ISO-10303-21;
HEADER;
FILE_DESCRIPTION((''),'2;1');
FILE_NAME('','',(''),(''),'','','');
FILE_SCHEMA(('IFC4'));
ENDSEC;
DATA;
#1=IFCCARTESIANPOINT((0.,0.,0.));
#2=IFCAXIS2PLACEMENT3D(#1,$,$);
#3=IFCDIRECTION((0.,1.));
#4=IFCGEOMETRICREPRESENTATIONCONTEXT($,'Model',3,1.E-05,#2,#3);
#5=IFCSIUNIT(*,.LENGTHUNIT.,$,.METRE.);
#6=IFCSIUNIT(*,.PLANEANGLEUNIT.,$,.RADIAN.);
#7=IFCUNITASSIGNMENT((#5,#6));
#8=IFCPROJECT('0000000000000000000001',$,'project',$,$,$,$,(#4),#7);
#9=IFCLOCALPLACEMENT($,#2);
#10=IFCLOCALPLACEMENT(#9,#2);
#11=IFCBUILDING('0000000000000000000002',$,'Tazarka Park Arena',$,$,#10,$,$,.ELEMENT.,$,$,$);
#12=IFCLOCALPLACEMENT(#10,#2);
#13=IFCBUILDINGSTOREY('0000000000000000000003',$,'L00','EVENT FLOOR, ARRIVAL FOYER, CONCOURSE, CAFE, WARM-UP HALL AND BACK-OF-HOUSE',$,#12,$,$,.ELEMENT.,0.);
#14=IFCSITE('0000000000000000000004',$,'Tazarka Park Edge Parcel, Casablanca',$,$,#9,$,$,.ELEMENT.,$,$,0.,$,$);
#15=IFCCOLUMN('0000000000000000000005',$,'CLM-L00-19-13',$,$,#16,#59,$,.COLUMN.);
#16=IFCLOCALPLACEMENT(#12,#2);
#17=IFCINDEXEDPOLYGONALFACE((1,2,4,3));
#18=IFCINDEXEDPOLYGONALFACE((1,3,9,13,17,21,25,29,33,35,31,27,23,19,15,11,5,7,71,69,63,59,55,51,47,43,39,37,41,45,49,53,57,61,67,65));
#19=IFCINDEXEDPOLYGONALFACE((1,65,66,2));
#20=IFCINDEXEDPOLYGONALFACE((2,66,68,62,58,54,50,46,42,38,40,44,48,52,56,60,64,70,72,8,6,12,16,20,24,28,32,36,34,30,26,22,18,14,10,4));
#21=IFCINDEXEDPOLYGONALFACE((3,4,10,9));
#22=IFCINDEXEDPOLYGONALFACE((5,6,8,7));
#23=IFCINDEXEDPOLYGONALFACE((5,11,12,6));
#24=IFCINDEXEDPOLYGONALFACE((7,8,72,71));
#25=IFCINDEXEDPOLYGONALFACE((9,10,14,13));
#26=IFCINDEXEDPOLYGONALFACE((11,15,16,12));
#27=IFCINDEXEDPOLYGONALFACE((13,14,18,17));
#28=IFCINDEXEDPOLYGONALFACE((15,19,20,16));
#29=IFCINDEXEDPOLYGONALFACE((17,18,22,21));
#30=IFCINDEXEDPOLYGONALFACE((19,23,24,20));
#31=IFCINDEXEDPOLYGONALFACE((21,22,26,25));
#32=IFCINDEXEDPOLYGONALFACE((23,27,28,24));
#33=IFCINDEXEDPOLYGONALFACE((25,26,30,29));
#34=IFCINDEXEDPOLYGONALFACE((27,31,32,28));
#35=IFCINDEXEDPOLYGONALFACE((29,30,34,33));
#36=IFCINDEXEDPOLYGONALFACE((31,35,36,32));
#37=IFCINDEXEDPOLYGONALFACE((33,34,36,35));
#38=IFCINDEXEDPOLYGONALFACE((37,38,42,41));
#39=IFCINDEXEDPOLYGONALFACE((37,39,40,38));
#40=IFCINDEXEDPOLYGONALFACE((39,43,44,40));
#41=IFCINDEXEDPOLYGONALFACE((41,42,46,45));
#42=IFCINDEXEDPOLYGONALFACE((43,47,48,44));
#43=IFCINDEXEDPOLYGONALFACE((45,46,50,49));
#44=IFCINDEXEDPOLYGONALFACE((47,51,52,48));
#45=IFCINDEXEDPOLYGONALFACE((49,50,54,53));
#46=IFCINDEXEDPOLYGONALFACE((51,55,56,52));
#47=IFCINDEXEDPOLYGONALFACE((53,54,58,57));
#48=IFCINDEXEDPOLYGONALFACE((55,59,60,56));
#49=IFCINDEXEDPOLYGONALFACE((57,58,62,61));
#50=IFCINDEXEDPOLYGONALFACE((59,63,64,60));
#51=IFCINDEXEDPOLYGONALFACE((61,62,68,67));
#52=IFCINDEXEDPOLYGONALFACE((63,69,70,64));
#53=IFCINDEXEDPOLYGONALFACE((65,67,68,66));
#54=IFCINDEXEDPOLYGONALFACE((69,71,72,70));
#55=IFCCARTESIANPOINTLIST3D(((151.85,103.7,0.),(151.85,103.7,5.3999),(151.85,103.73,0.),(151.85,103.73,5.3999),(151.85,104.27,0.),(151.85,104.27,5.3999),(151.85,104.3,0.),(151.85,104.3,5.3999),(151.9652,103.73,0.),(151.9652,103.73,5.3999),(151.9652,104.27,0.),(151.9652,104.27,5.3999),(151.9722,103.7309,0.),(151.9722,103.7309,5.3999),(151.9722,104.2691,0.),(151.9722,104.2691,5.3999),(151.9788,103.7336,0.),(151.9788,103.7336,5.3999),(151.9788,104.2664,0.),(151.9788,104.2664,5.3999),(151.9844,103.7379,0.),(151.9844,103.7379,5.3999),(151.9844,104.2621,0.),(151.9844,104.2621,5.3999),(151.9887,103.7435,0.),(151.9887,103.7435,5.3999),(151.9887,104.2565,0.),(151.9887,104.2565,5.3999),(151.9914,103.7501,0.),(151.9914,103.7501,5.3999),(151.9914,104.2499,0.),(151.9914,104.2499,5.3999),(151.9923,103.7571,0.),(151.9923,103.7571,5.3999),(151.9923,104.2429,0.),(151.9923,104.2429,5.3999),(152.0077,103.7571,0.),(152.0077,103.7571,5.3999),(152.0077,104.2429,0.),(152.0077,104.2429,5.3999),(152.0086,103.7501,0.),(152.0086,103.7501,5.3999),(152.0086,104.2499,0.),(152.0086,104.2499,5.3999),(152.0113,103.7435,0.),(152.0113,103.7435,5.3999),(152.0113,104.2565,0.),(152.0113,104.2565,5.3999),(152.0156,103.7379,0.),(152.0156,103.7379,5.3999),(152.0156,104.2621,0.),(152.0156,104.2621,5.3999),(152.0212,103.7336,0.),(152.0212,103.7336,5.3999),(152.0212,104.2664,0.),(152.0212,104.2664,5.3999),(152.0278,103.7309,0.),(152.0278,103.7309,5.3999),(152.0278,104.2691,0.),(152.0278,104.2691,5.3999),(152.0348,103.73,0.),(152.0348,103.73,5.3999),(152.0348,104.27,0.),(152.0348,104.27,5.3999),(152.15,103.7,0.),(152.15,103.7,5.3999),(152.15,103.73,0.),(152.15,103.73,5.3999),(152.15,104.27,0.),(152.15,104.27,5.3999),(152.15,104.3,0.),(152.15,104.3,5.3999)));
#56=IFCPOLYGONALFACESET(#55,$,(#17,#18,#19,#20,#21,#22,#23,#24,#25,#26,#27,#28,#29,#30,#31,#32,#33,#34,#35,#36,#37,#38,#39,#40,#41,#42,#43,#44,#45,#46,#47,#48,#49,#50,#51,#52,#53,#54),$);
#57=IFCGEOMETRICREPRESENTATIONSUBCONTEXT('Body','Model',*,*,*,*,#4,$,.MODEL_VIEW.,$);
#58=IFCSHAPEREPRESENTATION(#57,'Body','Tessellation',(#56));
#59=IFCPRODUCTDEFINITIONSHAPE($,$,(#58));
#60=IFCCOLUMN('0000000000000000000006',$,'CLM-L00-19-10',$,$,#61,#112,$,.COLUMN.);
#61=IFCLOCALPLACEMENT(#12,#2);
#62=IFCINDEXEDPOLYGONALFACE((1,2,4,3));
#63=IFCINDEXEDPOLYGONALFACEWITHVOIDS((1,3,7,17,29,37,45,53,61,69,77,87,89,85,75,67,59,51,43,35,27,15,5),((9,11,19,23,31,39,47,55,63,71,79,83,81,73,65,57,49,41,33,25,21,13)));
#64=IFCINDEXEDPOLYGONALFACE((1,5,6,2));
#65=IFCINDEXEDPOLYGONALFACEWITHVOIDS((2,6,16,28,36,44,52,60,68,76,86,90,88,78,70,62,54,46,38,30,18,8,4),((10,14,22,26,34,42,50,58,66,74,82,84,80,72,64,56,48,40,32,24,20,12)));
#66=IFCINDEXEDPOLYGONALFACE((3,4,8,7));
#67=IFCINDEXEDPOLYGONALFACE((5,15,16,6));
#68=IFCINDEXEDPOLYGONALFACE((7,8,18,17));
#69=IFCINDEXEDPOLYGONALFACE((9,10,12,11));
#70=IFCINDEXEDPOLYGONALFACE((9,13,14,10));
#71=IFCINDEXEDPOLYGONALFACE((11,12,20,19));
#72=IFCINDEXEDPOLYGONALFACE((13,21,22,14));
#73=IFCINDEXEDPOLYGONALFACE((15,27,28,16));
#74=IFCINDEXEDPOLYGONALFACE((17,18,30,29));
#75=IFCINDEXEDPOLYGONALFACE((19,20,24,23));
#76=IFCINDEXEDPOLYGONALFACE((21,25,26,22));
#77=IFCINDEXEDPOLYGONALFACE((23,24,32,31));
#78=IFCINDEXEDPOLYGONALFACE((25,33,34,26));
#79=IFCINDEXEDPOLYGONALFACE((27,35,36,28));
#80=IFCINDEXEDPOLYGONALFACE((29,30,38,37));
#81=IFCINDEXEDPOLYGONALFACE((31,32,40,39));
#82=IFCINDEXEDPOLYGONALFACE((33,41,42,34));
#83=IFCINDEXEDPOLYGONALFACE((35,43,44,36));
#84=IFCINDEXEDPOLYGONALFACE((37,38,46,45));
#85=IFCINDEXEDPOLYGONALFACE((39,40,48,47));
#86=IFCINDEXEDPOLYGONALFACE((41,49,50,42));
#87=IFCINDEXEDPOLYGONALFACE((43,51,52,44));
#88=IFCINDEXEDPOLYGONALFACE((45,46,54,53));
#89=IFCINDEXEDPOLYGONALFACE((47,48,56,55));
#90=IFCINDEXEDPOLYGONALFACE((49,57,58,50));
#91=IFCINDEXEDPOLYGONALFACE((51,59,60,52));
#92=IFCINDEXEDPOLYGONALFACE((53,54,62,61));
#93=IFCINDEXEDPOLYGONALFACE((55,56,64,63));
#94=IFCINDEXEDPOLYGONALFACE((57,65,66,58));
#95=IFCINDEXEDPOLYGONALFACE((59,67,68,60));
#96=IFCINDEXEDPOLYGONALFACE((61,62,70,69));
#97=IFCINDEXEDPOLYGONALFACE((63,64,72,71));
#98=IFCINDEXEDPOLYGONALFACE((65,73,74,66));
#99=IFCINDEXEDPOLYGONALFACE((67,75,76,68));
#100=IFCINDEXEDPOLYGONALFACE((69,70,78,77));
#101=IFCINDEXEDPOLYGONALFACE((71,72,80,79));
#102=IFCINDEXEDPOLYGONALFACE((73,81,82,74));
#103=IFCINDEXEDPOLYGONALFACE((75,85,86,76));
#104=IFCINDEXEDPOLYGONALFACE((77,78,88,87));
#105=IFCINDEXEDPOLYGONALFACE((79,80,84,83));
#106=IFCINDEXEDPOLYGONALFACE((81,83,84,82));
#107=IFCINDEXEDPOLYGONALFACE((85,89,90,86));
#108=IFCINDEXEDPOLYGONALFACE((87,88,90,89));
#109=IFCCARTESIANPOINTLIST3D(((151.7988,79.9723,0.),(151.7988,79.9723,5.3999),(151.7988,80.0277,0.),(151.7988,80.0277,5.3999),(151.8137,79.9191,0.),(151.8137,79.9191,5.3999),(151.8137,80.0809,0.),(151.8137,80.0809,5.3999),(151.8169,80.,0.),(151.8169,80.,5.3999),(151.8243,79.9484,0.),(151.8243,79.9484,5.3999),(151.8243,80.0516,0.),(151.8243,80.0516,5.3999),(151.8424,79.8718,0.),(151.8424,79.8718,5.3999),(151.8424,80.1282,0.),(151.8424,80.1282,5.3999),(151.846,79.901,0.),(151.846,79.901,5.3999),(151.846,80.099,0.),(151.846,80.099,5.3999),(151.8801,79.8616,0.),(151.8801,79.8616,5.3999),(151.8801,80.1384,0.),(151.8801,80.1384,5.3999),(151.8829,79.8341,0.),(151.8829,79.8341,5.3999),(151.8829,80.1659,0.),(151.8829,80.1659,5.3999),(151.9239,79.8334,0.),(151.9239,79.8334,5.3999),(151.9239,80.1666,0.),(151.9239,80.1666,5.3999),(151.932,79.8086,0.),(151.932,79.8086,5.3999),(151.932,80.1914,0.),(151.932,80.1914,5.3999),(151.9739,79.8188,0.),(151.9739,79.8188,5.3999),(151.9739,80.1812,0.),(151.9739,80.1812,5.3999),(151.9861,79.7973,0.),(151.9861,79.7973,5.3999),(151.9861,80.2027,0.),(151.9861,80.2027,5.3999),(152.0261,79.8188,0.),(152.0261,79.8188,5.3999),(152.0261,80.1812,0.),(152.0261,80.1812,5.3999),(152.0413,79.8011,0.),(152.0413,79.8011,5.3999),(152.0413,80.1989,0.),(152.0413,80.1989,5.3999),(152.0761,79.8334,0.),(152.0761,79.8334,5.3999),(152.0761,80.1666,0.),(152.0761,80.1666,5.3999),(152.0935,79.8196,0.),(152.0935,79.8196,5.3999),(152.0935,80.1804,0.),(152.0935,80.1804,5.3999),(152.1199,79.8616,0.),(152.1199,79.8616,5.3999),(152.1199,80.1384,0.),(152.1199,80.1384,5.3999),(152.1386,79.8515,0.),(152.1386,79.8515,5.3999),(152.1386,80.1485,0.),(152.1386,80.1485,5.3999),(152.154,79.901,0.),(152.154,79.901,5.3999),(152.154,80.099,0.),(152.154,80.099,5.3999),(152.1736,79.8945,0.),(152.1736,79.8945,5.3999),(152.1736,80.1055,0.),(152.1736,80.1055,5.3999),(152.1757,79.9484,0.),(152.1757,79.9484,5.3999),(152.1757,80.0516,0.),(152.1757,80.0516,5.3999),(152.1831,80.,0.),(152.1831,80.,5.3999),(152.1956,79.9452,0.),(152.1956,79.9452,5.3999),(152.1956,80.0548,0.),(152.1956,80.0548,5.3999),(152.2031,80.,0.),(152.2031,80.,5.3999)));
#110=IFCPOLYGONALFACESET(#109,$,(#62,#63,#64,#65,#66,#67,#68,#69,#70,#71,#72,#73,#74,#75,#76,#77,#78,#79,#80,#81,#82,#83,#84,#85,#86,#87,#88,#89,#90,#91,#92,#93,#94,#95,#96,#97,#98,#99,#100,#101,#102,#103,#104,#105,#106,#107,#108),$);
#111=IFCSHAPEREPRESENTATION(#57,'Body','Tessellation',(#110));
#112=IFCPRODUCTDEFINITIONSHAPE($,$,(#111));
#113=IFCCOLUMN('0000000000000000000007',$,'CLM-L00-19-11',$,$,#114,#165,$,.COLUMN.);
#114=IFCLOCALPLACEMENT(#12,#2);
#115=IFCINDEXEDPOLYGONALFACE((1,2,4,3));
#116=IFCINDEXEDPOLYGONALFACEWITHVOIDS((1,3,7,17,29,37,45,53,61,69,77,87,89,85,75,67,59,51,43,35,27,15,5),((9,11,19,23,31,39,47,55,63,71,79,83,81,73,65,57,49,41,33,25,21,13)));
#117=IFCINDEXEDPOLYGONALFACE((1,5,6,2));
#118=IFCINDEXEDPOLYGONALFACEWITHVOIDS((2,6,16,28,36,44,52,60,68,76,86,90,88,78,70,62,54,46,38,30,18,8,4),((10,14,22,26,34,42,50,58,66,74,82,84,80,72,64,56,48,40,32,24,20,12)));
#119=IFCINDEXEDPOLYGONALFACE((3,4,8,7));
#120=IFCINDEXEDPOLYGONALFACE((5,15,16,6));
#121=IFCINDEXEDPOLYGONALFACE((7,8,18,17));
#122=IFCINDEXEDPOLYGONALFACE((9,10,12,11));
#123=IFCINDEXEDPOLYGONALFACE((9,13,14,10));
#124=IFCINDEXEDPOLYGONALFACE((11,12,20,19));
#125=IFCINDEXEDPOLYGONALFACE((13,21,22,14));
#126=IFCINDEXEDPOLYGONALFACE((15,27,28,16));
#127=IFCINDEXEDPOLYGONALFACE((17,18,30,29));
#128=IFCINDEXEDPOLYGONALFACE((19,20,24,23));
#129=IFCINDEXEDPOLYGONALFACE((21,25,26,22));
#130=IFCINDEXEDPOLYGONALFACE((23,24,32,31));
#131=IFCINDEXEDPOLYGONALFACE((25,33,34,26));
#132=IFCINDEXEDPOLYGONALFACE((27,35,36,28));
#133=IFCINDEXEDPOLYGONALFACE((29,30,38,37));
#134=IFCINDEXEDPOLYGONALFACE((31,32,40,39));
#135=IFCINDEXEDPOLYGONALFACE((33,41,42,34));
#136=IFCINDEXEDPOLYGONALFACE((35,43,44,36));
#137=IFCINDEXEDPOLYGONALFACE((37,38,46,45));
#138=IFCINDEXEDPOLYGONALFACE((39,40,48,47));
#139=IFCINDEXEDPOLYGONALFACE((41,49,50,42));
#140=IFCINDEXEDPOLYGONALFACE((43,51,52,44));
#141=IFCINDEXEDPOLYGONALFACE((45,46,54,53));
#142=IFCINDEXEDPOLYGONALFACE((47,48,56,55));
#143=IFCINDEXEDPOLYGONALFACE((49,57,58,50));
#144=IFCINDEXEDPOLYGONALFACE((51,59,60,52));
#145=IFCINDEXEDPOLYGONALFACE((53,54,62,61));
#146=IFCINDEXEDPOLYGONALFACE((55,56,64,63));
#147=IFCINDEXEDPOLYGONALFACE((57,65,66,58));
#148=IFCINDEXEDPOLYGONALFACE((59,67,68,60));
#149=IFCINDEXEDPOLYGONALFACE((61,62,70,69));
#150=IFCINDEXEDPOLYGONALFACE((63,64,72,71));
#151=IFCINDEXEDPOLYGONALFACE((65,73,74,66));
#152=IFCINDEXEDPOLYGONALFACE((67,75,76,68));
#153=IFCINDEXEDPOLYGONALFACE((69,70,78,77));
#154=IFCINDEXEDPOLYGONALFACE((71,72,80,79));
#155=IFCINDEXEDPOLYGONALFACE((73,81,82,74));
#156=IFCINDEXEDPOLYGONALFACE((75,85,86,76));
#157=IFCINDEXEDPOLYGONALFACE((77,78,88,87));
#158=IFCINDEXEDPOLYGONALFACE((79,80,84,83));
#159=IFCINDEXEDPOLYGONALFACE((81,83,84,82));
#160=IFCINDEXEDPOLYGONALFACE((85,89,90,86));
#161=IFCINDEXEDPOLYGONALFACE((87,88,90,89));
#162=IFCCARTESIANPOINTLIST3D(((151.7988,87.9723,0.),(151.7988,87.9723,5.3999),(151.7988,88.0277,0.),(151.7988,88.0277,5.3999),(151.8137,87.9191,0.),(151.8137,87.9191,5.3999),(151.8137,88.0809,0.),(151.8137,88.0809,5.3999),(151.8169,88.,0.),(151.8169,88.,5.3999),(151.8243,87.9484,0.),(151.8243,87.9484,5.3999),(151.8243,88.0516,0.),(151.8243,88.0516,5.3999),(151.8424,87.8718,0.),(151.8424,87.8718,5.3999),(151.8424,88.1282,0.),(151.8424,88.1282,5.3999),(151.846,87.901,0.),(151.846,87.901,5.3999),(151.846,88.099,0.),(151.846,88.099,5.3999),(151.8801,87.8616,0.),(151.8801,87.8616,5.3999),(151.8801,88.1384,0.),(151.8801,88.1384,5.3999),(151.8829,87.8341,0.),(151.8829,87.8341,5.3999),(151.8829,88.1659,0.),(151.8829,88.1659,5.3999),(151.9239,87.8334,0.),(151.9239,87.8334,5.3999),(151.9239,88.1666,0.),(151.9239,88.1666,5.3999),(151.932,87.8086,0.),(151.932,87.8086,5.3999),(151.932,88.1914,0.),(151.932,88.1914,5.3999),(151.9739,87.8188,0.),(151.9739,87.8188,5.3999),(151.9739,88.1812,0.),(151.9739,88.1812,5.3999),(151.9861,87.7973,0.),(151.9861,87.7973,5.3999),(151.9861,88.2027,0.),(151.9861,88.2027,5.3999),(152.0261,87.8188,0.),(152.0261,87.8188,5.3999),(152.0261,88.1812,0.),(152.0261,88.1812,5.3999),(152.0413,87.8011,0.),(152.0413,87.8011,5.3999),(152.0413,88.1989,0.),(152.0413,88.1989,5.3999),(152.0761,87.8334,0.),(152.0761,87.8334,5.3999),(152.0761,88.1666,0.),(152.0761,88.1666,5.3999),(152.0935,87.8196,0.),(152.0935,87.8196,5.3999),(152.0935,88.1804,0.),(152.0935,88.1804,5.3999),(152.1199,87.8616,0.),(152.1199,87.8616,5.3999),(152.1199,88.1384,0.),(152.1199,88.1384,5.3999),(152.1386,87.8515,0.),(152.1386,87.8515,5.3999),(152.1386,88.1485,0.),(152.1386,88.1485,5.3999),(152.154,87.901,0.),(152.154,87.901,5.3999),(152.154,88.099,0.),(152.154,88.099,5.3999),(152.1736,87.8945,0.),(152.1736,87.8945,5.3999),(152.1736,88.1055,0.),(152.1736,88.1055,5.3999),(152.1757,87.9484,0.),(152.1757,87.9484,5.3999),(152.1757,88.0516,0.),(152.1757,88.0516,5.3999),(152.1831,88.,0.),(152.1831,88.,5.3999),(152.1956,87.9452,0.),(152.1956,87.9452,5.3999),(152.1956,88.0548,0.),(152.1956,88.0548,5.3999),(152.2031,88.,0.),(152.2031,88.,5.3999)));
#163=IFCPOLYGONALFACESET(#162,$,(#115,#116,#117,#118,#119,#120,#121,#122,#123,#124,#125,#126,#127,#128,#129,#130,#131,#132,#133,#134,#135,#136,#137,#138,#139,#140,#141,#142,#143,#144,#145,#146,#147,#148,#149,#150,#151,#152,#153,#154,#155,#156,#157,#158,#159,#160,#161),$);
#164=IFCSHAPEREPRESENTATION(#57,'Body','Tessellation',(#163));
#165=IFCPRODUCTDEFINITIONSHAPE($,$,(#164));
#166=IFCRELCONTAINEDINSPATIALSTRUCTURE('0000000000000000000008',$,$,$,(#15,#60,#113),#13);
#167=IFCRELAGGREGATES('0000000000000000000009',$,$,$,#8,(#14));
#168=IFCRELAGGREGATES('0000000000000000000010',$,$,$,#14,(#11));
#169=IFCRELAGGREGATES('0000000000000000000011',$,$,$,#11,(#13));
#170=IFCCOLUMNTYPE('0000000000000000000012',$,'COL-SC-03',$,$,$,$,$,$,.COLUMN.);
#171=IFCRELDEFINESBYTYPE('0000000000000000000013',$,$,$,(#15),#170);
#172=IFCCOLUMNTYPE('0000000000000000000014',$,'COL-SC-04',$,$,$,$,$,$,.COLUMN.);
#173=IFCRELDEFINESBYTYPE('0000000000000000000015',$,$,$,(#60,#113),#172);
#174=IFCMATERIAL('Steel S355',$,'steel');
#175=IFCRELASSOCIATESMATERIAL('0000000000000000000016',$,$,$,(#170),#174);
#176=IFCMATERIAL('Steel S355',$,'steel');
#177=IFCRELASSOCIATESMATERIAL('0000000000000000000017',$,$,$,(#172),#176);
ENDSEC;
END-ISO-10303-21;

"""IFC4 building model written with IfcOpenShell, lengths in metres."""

from ifc_helpers import new_model, si_unit, direction, frame, origin, origin_2d, place, context, subcontext, project, spatial, hollow_circle, i_section, extrude, material, material_profile, profile_set, type_object, element, save


model = new_model("IFC4")

# Units and contexts
model_context = context("Model", 3, precision=1e-05, world=origin(), true_north=direction((0.0, 1.0)))
body_context = subcontext(model_context, "Body", "Model", "MODEL_VIEW")
ifc_project = project(units=[si_unit("LENGTHUNIT", "METRE"), si_unit("PLANEANGLEUNIT", "RADIAN")], contexts=[model_context])

# Site, building, storey
site_placement = place(None, origin())
site = spatial("IfcSite", under=ifc_project, at=site_placement, Name="Tazarka Park Edge Parcel, Casablanca", CompositionType="ELEMENT", RefElevation=0.0)
building_placement = place(site_placement, origin())
building = spatial("IfcBuilding", under=site, at=building_placement, Name="Tazarka Park Arena", CompositionType="ELEMENT")
storey_placement = place(building_placement, origin())
storey = spatial("IfcBuildingStorey", under=building, at=storey_placement, Name="L00", Description="EVENT FLOOR, ARRIVAL FOYER, CONCOURSE, CAFE, WARM-UP HALL AND BACK-OF-HOUSE", CompositionType="ELEMENT", Elevation=0.0)

# Columns
ifc_material_1 = material(Name="Steel S355", Category="steel")
ifc_material_profile_1 = material_profile(ifc_material_1, i_section(OverallWidth=0.3, OverallDepth=0.6001, WebThickness=0.0154, FlangeThickness=0.03, FilletRadius=0.0271, at=origin_2d()), Name="Steel S355")
ifc_profile_set_1 = profile_set([ifc_material_profile_1], Name="Steel S355")
column_type_1 = type_object("IfcColumnType", Name="COL-SC-03", PredefinedType="COLUMN", material=ifc_profile_set_1)
for number, where, z_axis, x_axis, name in (
    (1, (152.0, 104.0, 0.0), (0.0, 0.0, 1.0), (1.0, 0.0, 0.0), "CLM-L00-19-13"),
):
    element("IfcColumn", number, at=place(storey_placement, frame(where, z_axis=z_axis, x_axis=x_axis)), inside=storey, type_object=column_type_1, Name=name, PredefinedType="COLUMN", context=body_context, shape_type="SweptSolid", body=[
        extrude(i_section(OverallWidth=0.3, OverallDepth=0.6001, WebThickness=0.0154, FlangeThickness=0.03, FilletRadius=0.0271, at=origin_2d()), origin(), (0.0, 0.0, 1.0), 5.3999),
    ])
ifc_material_2 = material(Name="Steel S355", Category="steel")
ifc_material_profile_2 = material_profile(ifc_material_2, hollow_circle(Radius=0.2031, WallThickness=0.02, at=origin_2d()), Name="Steel S355")
ifc_profile_set_2 = profile_set([ifc_material_profile_2], Name="Steel S355")
column_type_2 = type_object("IfcColumnType", Name="COL-SC-04", PredefinedType="COLUMN", material=ifc_profile_set_2)
for number, where, z_axis, x_axis, name in (
    (2, (152.0, 80.0, 0.0), (0.0, 0.0, 1.0), (1.0, 0.0, 0.0), "CLM-L00-19-10"),
    (3, (152.0, 88.0, 0.0), (0.0, 0.0, 1.0), (1.0, 0.0, 0.0), "CLM-L00-19-11"),
):
    element("IfcColumn", number, at=place(storey_placement, frame(where, z_axis=z_axis, x_axis=x_axis)), inside=storey, type_object=column_type_2, Name=name, PredefinedType="COLUMN", context=body_context, shape_type="SweptSolid", body=[
        extrude(hollow_circle(Radius=0.2031, WallThickness=0.02, at=origin_2d()), origin(), (0.0, 0.0, 1.0), 5.3999),
    ])

save(model, "model.ifc")
